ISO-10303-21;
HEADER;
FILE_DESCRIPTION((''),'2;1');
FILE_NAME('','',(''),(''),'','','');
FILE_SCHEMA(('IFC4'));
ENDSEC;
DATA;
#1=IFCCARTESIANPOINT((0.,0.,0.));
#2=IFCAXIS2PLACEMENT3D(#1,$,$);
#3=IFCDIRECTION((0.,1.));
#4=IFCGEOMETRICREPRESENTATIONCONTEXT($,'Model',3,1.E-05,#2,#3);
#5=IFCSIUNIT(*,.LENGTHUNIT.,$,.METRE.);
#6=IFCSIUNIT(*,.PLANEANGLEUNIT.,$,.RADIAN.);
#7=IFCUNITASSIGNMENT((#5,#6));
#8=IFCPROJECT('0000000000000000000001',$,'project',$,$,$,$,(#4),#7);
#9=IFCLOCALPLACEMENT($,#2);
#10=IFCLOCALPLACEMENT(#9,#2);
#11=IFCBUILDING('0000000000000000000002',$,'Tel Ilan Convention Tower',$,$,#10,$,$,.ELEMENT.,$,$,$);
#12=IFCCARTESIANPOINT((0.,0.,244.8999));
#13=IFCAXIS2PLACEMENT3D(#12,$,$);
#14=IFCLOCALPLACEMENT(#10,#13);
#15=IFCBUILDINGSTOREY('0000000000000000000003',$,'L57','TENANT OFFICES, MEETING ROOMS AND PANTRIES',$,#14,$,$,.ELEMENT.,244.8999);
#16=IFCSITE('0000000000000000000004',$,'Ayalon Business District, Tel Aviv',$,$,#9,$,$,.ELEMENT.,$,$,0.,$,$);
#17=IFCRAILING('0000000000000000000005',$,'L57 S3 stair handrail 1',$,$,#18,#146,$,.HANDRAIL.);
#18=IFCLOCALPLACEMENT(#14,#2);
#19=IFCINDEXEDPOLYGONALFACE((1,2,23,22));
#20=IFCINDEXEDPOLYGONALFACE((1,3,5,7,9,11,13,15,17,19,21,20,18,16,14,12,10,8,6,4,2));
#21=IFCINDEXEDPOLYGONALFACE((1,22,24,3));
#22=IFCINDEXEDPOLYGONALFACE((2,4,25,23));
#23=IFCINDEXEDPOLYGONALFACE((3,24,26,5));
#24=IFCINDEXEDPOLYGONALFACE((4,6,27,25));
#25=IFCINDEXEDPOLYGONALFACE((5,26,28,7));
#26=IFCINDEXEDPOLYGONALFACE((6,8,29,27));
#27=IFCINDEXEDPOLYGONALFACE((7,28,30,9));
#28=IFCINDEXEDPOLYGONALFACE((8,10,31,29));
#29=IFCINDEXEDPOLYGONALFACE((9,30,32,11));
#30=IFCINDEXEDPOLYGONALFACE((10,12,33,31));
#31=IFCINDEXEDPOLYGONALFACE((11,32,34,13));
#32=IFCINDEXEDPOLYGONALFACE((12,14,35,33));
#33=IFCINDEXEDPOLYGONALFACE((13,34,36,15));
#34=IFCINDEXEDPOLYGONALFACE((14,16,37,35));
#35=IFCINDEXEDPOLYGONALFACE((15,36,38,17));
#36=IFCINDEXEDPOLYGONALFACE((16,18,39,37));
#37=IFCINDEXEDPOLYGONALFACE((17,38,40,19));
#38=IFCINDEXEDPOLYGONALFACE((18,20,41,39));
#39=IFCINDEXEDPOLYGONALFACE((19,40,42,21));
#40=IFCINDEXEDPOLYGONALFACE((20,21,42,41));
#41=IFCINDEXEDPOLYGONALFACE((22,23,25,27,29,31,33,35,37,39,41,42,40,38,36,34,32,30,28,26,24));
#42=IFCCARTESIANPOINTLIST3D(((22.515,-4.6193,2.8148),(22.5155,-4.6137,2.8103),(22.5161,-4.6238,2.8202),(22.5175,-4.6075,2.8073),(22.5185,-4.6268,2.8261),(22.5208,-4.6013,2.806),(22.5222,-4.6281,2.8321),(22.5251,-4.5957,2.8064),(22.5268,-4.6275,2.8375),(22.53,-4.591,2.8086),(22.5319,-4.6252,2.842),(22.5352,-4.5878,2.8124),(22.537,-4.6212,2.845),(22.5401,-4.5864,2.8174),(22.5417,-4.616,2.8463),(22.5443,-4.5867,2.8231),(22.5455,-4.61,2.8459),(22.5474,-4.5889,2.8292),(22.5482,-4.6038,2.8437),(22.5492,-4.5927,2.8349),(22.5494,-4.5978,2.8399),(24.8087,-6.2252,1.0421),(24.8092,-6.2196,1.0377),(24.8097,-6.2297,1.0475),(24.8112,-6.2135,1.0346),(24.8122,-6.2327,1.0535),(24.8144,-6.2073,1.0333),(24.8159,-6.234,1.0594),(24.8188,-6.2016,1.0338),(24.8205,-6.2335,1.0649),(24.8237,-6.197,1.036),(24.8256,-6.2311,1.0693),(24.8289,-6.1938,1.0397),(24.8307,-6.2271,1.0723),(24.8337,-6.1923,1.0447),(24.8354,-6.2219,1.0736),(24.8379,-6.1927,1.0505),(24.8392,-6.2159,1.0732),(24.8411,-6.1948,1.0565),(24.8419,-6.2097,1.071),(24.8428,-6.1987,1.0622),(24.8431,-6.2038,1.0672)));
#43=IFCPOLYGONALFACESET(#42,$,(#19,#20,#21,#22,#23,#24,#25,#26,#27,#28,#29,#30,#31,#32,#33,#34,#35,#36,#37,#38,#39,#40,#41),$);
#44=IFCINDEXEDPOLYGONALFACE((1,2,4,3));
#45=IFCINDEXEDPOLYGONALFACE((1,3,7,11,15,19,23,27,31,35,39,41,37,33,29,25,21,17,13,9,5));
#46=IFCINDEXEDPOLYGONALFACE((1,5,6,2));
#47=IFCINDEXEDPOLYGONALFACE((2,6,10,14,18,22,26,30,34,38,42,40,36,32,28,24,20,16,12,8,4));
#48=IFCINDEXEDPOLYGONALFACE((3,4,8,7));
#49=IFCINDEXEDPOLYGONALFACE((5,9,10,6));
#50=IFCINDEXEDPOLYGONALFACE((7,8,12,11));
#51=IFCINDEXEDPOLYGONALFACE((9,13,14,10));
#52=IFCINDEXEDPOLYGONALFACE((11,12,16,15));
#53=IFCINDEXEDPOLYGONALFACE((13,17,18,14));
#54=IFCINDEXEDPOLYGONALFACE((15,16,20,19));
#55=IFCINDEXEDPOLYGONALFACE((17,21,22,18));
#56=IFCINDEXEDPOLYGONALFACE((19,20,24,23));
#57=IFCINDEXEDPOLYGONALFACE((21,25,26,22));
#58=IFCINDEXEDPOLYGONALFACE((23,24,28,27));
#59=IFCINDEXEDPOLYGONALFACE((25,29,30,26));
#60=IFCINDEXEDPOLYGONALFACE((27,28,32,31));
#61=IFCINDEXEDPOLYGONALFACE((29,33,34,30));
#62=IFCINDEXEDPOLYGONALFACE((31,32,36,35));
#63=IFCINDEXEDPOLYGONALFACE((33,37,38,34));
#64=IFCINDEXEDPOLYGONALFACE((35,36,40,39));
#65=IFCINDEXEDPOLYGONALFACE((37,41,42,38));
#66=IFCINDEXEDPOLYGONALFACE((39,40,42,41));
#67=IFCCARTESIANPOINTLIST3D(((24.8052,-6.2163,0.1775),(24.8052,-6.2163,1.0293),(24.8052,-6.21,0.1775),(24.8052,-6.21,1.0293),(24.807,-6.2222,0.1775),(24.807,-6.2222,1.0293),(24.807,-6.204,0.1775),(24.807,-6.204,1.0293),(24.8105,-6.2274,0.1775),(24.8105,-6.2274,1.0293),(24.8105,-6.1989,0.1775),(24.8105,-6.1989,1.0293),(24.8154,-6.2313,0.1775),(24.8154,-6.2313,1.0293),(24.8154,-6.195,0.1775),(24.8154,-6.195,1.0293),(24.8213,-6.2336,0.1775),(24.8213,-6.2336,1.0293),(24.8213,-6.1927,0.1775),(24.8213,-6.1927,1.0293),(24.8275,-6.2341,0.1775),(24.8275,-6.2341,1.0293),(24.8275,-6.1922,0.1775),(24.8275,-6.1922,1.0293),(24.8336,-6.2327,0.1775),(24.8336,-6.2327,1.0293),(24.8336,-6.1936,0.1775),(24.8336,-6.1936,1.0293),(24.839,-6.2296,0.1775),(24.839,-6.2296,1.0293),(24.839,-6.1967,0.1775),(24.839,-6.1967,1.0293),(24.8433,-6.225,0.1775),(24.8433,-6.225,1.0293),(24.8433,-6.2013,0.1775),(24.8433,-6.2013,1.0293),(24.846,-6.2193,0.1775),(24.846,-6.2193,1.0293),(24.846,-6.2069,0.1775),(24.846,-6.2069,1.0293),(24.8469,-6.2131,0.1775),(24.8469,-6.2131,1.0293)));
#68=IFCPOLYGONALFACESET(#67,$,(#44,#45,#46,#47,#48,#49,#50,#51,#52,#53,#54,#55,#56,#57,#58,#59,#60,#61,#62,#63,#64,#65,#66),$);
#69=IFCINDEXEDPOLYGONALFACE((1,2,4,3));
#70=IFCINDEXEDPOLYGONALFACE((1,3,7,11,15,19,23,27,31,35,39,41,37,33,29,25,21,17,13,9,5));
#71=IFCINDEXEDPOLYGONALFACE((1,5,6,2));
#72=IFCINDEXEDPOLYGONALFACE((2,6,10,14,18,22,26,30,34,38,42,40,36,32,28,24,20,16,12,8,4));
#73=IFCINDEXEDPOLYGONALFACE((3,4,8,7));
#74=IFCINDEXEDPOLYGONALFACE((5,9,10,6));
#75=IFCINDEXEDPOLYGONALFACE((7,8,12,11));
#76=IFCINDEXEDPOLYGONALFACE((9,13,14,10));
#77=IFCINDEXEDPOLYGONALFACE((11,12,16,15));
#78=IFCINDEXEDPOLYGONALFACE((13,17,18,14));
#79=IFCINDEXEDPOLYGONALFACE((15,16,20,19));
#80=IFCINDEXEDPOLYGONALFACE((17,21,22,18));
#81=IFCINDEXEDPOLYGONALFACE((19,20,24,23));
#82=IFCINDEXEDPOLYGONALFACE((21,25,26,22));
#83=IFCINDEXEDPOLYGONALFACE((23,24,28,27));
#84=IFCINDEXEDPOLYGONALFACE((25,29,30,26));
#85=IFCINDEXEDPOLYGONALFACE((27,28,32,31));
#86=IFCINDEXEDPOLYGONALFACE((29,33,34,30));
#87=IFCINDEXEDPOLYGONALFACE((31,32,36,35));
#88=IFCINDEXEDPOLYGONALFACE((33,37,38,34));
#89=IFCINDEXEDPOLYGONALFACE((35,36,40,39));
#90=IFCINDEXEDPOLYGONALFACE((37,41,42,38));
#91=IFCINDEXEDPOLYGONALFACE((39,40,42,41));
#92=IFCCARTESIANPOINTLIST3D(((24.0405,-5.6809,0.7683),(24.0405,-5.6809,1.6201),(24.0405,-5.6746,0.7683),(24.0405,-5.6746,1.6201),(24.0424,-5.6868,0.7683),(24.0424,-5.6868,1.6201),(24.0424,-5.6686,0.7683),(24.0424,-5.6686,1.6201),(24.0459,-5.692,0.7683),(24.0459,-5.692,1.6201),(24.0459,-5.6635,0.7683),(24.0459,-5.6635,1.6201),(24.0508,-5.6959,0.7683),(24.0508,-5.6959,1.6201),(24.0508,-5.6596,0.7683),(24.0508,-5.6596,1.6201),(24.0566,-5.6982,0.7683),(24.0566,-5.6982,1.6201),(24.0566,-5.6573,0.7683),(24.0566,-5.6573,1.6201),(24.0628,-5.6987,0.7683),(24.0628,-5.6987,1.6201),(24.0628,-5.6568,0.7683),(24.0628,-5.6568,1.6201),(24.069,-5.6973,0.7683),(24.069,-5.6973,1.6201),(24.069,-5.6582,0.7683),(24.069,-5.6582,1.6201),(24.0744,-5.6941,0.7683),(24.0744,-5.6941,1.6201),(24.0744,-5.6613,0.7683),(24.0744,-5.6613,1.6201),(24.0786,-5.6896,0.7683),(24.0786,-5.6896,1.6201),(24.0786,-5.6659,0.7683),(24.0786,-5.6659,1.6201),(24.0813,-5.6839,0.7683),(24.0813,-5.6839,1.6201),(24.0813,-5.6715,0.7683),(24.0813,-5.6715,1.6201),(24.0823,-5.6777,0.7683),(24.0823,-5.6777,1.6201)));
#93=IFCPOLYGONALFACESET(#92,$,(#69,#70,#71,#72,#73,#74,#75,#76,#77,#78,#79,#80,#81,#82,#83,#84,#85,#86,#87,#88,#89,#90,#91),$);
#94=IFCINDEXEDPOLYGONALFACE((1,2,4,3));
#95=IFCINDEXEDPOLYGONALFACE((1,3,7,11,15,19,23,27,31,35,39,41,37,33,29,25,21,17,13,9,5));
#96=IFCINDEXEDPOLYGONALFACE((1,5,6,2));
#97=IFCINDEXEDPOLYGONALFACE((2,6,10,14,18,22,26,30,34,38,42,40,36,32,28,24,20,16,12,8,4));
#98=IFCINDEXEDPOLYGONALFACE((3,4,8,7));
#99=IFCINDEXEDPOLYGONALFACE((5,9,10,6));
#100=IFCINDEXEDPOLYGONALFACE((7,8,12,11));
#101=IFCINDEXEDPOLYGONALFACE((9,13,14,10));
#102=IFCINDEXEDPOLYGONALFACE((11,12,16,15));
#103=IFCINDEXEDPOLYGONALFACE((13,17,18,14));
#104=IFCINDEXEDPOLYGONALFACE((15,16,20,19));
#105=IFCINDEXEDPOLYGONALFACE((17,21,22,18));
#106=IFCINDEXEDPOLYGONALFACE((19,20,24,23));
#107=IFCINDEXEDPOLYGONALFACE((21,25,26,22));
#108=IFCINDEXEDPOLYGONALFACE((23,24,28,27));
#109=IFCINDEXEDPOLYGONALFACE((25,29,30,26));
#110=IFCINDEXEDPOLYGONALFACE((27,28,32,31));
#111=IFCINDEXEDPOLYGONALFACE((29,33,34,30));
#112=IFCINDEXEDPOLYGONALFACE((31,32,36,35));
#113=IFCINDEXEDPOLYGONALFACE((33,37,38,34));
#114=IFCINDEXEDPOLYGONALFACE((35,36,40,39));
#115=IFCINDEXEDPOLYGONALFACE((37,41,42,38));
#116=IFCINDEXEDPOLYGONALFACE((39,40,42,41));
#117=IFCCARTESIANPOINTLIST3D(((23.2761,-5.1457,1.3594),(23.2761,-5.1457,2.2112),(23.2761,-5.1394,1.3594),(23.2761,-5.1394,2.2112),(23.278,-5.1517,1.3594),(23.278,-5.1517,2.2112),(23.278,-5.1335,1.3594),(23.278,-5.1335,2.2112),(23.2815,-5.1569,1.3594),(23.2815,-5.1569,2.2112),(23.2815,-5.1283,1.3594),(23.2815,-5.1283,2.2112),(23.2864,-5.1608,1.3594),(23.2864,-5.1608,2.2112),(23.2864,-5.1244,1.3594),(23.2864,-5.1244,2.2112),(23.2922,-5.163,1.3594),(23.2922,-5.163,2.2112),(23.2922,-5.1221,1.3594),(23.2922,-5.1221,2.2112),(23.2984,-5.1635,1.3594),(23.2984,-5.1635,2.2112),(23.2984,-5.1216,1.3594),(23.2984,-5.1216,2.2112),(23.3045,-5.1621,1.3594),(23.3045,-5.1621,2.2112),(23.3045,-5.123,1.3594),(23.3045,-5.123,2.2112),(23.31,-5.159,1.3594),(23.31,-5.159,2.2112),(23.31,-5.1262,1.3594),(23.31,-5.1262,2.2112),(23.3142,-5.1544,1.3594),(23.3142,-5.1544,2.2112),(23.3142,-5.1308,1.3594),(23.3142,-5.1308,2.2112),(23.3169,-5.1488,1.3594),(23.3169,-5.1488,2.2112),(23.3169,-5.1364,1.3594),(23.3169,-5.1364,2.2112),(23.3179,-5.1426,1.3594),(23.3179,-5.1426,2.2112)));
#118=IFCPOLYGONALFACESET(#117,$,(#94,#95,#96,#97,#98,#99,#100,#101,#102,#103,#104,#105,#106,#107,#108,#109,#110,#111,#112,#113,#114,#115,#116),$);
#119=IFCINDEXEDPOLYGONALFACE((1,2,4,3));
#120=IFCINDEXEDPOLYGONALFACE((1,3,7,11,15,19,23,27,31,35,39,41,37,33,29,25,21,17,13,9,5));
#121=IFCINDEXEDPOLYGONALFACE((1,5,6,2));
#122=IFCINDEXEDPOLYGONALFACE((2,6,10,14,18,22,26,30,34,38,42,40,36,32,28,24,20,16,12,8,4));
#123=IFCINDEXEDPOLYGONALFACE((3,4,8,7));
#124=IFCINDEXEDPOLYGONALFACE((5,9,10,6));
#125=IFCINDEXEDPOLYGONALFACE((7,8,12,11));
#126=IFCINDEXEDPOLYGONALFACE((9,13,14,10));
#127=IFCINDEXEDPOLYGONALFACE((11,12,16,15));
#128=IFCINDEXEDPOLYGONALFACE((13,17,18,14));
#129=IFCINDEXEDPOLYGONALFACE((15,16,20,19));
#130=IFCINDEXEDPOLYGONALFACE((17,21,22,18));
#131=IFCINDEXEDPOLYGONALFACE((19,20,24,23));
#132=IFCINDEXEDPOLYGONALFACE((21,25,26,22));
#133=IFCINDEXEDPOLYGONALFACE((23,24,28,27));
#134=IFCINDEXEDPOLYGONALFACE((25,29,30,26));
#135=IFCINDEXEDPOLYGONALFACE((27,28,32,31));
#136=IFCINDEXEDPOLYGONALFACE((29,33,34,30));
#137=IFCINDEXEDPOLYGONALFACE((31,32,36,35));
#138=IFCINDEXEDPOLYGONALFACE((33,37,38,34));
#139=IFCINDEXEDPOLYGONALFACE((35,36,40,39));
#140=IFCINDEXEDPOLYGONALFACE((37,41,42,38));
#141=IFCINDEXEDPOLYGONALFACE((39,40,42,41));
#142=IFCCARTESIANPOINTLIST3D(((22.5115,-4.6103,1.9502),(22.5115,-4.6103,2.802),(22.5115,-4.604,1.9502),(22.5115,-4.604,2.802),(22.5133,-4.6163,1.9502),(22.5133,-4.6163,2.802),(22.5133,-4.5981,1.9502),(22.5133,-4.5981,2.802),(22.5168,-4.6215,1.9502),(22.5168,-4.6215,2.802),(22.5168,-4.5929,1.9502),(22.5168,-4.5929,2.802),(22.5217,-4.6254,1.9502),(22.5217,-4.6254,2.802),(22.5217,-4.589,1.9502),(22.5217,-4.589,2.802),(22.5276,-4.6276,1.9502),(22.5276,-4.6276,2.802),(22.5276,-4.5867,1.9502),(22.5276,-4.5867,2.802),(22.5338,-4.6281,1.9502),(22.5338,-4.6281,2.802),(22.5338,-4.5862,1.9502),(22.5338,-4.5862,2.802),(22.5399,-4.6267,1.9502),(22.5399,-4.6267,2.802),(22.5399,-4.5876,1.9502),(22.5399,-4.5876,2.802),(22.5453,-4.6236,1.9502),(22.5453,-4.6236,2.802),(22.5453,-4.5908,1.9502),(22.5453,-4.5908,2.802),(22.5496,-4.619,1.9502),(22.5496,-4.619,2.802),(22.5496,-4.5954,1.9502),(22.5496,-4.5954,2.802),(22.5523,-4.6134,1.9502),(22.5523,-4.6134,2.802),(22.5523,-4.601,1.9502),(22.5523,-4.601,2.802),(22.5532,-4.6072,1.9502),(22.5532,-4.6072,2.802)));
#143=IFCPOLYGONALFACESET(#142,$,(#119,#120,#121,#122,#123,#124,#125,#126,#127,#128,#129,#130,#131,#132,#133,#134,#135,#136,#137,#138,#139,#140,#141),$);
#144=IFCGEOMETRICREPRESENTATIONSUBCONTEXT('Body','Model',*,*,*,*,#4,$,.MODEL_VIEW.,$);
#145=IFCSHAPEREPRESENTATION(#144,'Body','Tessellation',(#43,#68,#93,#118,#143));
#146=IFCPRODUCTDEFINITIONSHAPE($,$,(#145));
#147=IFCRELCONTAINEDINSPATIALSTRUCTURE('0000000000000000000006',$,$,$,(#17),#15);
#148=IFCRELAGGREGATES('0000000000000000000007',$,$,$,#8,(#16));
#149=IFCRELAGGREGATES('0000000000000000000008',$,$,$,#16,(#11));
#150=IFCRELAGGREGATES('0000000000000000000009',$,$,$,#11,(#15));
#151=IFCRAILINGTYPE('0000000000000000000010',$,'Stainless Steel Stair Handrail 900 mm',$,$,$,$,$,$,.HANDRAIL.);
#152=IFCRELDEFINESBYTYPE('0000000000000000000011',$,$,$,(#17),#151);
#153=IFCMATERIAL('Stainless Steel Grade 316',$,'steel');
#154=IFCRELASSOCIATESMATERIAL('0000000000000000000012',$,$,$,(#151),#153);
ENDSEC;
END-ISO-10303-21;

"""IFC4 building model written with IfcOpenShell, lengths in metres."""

from ifc_helpers import new_model, si_unit, direction, frame, origin, origin_2d, place, context, subcontext, project, spatial, circle, extrude, material, type_object, element, save


model = new_model("IFC4")

# Units and contexts
model_context = context("Model", 3, precision=1e-05, world=origin(), true_north=direction((0.0, 1.0)))
body_context = subcontext(model_context, "Body", "Model", "MODEL_VIEW")
ifc_project = project(units=[si_unit("LENGTHUNIT", "METRE"), si_unit("PLANEANGLEUNIT", "RADIAN")], contexts=[model_context])

# Site, building, storey
site_placement = place(None, origin())
site = spatial("IfcSite", under=ifc_project, at=site_placement, Name="Ayalon Business District, Tel Aviv", CompositionType="ELEMENT", RefElevation=0.0)
building_placement = place(site_placement, origin())
building = spatial("IfcBuilding", under=site, at=building_placement, Name="Tel Ilan Convention Tower", CompositionType="ELEMENT")
storey_placement = place(building_placement, frame((0.0, 0.0, 244.8999)))
storey = spatial("IfcBuildingStorey", under=building, at=storey_placement, Name="L57", Description="TENANT OFFICES, MEETING ROOMS AND PANTRIES", CompositionType="ELEMENT", Elevation=244.8999)

# Railing
ifc_material_1 = material(Name="Stainless Steel Grade 316", Category="steel")
railing_type_1 = type_object("IfcRailingType", Name="Stainless Steel Stair Handrail 900 mm", PredefinedType="HANDRAIL", material=ifc_material_1)
railing_1_placement = place(storey_placement, frame((24.8259, -6.2131, 0.1775)))
element("IfcRailing", 1, at=railing_1_placement, inside=storey, type_object=railing_type_1, Name="L57 S3 stair handrail 1", PredefinedType="HANDRAIL", context=body_context, shape_type="SweptSolid", body=[
    extrude(circle(Radius=0.0239, at=origin_2d()), frame((0.0, 0.0, 0.876), z_axis=(-0.692123, 0.484597, 0.534913), x_axis=(-0.57355, -0.81917, 0.0)), (0.0, 0.0, 1.0), 3.314),
    extrude(circle(Radius=0.021, at=origin_2d()), origin(), (0.0, 0.0, 1.0), 0.8518),
    extrude(circle(Radius=0.021, at=origin_2d()), frame((-0.7646, 0.5354, 0.5908)), (0.0, 0.0, 1.0), 0.8518),
    extrude(circle(Radius=0.021, at=origin_2d()), frame((-1.5291, 1.0706, 1.1819)), (0.0, 0.0, 1.0), 0.8518),
    extrude(circle(Radius=0.021, at=origin_2d()), frame((-2.2937, 1.606, 1.7727)), (0.0, 0.0, 1.0), 0.8518),
])

save(model, "model.ifc")
